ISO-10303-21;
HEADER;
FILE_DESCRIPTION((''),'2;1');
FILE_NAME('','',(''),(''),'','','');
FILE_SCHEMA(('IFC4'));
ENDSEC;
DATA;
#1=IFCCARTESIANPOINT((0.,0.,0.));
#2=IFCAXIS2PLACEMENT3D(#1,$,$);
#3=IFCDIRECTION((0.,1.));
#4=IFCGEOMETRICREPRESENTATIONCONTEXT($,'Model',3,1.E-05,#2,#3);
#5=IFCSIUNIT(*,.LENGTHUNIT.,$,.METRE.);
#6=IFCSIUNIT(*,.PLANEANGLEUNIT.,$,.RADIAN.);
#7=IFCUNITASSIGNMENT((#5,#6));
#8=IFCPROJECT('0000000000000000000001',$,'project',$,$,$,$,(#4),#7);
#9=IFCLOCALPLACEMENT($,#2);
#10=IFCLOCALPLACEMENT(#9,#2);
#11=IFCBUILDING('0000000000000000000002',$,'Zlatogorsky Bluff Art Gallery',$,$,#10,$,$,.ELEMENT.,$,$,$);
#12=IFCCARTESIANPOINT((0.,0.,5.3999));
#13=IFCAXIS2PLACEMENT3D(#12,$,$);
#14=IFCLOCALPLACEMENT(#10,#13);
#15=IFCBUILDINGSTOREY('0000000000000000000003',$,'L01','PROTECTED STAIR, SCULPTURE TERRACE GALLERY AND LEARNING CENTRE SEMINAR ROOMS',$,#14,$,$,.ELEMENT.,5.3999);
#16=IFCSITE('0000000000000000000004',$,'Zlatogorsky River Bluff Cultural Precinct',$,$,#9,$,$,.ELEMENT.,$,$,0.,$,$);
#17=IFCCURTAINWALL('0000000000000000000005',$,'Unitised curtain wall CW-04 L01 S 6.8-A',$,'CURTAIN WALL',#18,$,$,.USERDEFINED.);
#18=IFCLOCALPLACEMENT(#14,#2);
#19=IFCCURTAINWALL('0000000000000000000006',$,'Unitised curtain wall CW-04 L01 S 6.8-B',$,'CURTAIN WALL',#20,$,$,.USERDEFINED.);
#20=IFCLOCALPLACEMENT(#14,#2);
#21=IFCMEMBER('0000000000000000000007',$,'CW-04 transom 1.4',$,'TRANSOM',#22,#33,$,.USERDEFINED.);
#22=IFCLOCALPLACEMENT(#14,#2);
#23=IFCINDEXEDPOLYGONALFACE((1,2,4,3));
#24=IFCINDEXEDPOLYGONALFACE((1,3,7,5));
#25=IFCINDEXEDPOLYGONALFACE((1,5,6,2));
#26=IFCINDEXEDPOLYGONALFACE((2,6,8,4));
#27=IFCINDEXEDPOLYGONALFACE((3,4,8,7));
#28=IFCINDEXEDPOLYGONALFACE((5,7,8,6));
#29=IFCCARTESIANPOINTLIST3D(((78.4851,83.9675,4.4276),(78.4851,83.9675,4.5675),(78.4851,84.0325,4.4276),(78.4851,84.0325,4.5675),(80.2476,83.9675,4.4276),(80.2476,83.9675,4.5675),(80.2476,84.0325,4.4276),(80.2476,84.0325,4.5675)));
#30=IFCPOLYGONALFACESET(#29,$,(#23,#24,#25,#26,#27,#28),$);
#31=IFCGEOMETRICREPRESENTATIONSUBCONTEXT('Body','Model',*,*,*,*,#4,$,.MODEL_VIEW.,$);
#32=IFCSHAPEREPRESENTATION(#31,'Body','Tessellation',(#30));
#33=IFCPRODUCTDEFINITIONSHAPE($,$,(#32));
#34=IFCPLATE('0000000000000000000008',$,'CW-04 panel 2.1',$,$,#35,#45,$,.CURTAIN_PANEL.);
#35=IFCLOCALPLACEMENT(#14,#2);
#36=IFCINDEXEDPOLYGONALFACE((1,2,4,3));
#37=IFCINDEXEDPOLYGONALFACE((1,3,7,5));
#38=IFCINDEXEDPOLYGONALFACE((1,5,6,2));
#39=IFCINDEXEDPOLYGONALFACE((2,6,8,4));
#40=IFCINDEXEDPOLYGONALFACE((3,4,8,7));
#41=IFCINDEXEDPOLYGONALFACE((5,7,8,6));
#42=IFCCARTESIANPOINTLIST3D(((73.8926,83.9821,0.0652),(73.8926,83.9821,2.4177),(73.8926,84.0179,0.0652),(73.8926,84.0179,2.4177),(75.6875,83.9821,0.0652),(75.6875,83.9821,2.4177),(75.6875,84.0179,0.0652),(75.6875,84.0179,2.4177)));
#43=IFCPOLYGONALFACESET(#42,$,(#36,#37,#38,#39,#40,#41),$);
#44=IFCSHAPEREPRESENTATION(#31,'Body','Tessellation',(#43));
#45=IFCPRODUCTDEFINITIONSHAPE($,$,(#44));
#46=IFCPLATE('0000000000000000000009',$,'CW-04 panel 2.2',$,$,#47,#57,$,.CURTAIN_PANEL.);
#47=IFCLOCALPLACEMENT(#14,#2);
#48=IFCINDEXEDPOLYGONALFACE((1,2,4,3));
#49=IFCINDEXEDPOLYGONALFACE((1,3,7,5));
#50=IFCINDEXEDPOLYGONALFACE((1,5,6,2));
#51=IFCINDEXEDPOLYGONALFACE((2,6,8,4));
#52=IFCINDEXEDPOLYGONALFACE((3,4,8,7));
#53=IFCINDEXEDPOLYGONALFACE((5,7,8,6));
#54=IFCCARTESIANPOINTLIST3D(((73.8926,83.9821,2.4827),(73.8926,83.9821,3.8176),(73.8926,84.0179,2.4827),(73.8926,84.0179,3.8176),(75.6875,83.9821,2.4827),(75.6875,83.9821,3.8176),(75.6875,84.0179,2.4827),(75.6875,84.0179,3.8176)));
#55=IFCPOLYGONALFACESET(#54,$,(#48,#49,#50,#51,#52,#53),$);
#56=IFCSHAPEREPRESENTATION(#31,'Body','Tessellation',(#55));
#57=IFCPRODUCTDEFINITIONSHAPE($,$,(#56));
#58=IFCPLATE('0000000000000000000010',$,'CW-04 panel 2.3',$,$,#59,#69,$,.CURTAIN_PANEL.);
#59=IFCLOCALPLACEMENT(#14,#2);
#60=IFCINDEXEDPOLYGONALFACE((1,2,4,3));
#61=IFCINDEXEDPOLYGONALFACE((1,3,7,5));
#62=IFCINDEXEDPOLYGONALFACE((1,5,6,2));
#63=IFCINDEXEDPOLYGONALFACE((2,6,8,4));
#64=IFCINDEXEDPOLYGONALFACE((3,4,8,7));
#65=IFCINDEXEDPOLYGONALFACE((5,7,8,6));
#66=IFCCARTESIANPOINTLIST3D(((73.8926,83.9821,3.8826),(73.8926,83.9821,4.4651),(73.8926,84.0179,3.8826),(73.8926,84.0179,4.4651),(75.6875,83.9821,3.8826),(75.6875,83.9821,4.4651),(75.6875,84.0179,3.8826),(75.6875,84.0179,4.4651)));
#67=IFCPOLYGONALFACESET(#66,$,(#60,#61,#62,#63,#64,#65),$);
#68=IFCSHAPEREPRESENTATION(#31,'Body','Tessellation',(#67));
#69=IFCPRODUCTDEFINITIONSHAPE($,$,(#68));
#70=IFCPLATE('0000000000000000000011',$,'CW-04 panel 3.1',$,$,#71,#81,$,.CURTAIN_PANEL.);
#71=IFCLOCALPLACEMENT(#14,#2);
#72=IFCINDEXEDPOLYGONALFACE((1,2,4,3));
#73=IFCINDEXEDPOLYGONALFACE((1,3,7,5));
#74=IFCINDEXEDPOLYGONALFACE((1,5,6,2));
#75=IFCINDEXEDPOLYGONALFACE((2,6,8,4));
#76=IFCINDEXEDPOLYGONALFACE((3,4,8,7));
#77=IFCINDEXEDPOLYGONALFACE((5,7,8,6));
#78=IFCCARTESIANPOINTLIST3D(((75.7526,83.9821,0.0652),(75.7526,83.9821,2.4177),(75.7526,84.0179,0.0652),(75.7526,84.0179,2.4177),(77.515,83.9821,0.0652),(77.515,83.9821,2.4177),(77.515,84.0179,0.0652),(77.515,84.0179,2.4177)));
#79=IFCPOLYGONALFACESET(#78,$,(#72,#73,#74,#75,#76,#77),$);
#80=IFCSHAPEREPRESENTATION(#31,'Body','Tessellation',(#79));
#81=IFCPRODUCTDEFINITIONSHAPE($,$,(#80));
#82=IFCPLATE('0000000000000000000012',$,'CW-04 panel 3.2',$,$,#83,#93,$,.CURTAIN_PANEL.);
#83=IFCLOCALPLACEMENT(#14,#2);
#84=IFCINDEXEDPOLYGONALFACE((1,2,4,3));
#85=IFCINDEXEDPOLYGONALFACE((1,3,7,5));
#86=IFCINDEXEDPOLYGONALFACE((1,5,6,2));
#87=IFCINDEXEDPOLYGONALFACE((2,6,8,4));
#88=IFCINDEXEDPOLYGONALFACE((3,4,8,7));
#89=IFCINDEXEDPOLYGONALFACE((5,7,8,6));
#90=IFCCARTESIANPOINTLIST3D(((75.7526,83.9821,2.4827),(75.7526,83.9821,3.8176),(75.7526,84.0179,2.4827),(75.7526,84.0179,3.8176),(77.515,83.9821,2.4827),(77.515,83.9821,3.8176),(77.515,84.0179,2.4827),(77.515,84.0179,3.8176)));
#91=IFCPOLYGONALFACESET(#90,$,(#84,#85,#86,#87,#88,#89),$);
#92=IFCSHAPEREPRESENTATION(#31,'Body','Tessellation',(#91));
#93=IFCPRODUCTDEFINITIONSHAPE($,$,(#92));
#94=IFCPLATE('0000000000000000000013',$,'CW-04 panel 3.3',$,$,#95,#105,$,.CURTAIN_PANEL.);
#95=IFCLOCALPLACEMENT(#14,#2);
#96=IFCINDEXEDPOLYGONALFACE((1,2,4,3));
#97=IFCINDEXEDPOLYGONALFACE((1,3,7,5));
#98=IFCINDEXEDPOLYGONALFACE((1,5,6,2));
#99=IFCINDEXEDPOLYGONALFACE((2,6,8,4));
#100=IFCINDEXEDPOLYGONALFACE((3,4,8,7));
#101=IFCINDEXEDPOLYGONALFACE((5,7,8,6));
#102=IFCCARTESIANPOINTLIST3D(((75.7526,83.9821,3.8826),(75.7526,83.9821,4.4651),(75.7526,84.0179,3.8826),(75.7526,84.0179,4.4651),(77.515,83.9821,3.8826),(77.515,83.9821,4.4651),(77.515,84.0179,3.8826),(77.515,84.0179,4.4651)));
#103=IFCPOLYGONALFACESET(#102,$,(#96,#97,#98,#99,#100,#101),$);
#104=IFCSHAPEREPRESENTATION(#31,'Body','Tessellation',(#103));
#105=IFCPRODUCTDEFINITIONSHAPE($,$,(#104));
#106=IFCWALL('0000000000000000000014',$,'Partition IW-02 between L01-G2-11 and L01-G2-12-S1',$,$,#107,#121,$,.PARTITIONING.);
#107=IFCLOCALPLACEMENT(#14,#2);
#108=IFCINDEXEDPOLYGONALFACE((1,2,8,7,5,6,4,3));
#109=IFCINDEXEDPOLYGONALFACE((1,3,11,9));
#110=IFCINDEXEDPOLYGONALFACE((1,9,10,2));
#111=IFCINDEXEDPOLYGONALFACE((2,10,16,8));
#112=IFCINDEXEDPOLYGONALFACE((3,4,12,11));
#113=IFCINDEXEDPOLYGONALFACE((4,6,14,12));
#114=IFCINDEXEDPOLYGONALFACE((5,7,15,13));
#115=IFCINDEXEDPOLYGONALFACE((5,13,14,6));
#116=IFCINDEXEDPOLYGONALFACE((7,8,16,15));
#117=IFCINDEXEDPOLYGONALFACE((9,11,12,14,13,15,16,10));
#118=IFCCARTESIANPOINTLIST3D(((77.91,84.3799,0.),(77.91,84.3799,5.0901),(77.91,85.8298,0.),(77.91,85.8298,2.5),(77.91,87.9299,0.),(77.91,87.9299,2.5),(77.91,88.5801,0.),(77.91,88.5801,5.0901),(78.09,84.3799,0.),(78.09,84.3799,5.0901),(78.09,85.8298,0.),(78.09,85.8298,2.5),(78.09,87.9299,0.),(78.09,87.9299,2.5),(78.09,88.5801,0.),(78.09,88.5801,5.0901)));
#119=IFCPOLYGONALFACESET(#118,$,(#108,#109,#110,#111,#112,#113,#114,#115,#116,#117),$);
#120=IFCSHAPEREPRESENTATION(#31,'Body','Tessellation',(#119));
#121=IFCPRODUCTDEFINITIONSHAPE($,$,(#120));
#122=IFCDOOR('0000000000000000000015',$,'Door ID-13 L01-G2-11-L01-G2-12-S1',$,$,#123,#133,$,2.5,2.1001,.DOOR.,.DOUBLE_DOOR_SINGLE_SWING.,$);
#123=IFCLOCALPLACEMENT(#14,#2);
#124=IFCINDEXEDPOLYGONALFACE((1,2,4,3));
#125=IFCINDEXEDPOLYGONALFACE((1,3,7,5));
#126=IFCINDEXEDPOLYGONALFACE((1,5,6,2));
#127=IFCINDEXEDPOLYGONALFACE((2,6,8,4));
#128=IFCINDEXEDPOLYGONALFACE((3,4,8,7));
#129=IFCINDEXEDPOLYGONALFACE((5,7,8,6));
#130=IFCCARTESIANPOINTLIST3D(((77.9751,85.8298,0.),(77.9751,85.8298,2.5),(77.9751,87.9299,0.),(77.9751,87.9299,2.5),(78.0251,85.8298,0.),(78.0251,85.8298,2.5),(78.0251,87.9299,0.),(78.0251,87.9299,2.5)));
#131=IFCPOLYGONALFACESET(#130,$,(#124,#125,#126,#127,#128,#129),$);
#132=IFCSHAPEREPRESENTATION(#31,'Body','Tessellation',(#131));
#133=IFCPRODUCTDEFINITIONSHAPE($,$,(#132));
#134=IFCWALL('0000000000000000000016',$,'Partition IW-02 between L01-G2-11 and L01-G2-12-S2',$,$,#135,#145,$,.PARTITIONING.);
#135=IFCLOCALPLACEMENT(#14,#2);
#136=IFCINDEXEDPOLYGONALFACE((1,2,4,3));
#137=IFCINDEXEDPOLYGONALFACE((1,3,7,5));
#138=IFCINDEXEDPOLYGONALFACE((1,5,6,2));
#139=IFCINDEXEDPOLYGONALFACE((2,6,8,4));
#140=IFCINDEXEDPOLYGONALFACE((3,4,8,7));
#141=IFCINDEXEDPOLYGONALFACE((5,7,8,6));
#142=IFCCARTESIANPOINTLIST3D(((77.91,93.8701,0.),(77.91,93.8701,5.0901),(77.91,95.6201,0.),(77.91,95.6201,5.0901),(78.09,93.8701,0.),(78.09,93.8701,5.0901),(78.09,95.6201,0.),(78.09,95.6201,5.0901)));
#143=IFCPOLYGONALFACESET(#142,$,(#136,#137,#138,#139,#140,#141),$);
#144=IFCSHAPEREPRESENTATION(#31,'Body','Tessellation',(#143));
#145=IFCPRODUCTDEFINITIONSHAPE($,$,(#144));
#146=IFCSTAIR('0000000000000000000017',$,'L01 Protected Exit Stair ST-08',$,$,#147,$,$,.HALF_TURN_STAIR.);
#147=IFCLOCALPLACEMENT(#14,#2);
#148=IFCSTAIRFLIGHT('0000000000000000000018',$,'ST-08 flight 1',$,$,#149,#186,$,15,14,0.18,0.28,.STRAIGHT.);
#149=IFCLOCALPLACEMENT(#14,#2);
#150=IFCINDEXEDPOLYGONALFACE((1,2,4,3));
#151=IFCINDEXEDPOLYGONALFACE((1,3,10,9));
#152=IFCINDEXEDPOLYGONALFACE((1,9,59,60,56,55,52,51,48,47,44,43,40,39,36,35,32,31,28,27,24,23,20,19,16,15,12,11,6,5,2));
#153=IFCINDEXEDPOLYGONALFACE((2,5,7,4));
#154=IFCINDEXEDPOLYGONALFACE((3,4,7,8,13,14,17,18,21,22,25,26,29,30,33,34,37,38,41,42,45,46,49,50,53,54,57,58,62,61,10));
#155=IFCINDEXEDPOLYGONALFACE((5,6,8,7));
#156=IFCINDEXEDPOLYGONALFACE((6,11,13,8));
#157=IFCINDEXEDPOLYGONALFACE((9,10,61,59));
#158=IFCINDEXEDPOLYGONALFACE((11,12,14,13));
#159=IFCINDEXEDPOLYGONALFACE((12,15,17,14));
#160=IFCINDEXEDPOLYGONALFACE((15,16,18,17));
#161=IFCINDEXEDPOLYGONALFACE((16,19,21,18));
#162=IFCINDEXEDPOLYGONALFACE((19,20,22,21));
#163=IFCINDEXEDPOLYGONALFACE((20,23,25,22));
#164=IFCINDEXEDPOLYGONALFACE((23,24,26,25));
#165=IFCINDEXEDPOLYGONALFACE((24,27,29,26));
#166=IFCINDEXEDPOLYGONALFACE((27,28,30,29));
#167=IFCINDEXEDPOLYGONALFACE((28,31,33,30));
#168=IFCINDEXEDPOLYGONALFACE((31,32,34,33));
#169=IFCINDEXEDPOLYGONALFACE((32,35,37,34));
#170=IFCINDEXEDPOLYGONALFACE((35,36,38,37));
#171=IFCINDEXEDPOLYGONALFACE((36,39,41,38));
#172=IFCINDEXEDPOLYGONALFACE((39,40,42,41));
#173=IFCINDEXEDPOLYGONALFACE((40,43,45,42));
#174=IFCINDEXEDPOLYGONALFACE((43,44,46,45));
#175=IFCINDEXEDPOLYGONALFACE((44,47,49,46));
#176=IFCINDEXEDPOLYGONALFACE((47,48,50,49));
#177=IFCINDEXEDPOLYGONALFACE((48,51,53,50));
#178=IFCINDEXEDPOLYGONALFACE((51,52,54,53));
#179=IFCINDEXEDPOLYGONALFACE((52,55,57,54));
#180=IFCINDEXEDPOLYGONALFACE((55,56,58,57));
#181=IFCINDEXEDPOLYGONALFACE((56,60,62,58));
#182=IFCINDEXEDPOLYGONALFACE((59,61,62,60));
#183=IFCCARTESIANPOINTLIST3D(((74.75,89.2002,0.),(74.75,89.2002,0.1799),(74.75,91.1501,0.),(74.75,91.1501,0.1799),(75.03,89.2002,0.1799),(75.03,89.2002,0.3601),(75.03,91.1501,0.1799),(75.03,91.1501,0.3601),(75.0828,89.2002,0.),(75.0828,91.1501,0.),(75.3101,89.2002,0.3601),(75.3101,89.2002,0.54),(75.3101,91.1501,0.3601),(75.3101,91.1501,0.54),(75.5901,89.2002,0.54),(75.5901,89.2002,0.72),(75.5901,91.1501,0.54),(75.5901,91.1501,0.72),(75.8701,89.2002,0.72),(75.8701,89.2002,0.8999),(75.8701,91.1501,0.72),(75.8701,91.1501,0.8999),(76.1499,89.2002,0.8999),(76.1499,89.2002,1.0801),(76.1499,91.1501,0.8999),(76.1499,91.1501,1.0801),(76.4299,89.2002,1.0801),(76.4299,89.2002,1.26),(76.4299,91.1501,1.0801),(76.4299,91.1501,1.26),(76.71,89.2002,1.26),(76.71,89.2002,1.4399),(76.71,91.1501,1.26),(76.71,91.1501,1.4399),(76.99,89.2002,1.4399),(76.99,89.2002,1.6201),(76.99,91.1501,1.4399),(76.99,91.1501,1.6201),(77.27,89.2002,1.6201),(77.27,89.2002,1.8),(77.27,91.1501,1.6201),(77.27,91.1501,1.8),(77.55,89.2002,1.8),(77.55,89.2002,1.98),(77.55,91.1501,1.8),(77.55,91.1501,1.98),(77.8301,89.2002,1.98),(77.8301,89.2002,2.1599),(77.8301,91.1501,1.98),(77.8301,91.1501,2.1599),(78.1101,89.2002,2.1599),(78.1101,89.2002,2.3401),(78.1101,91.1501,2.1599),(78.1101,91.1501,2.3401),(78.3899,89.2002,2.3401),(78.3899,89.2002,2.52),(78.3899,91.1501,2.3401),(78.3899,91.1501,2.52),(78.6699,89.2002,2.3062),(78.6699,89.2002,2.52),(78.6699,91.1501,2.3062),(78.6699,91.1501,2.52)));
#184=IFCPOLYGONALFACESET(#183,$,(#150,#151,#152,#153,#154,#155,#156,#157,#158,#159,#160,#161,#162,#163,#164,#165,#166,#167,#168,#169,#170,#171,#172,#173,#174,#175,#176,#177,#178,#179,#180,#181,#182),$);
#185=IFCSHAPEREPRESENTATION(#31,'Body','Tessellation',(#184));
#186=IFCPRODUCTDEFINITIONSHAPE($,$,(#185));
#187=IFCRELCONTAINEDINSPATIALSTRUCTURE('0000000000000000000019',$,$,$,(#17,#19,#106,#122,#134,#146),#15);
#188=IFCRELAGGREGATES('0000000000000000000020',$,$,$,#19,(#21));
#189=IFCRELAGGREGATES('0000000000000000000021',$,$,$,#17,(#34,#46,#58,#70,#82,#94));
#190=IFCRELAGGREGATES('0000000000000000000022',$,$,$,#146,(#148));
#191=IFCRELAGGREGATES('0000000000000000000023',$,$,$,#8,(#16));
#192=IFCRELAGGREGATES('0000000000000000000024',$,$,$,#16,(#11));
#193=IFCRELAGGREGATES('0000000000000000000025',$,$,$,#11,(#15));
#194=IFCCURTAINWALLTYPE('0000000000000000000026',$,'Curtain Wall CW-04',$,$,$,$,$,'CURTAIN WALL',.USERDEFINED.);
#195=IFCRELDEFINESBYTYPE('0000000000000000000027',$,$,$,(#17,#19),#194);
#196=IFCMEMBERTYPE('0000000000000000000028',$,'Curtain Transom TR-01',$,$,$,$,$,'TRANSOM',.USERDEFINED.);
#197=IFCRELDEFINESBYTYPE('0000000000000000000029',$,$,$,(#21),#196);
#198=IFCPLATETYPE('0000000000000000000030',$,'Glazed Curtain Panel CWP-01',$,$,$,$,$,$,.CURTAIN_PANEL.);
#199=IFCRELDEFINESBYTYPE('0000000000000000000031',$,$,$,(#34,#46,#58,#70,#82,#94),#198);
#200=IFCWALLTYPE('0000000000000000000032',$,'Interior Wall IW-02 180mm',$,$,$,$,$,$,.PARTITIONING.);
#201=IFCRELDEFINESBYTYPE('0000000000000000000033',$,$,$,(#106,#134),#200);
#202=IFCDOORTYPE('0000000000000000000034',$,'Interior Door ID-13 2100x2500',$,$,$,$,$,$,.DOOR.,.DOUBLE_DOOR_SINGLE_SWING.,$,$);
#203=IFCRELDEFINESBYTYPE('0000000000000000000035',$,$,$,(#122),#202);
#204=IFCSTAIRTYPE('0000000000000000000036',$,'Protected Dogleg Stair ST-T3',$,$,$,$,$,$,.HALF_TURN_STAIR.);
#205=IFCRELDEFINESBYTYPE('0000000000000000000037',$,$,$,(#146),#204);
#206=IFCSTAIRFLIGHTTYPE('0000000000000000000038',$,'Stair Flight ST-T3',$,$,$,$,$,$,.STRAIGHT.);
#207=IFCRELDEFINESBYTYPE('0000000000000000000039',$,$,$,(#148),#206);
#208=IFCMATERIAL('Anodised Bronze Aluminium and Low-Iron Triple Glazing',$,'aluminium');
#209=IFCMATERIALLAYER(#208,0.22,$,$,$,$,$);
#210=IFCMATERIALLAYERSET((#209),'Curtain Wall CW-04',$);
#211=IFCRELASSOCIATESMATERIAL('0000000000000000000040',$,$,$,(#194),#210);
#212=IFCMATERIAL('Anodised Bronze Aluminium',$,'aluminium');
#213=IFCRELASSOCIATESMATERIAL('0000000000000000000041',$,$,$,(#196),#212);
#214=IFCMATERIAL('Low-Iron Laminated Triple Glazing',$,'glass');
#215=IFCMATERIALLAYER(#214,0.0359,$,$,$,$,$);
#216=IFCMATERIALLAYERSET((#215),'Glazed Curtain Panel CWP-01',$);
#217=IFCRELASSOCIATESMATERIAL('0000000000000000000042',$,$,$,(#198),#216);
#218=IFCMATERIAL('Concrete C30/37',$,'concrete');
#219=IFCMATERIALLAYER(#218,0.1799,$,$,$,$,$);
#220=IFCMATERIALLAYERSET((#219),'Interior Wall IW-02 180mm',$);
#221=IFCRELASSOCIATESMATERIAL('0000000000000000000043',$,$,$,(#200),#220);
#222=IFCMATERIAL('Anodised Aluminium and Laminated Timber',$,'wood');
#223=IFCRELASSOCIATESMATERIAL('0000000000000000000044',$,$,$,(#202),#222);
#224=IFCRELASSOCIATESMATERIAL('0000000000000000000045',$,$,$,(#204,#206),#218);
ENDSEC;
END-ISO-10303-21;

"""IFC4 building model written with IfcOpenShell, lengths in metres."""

from ifc_helpers import new_model, si_unit, direction, frame, frame_2d, origin, origin_2d, place, context, subcontext, project, spatial, polyline, rectangle, outline, extrude, material, layer, layer_set, material_profile, profile_set, type_object, element, fill, aggregate, save


model = new_model("IFC4")

# Units and contexts
model_context = context("Model", 3, precision=1e-05, world=origin(), true_north=direction((0.0, 1.0)))
body_context = subcontext(model_context, "Body", "Model", "MODEL_VIEW")
ifc_project = project(units=[si_unit("LENGTHUNIT", "METRE"), si_unit("PLANEANGLEUNIT", "RADIAN")], contexts=[model_context])

# Site, building, storey
site_placement = place(None, origin())
site = spatial("IfcSite", under=ifc_project, at=site_placement, Name="Zlatogorsky River Bluff Cultural Precinct", CompositionType="ELEMENT", RefElevation=0.0)
building_placement = place(site_placement, origin())
building = spatial("IfcBuilding", under=site, at=building_placement, Name="Zlatogorsky Bluff Art Gallery", CompositionType="ELEMENT")
storey_placement = place(building_placement, frame((0.0, 0.0, 5.3999)))
storey = spatial("IfcBuildingStorey", under=building, at=storey_placement, Name="L01", Description="PROTECTED STAIR, SCULPTURE TERRACE GALLERY AND LEARNING CENTRE SEMINAR ROOMS", CompositionType="ELEMENT", Elevation=5.3999)

# Curtain wall
ifc_material_1 = material(Name="Anodised Bronze Aluminium and Low-Iron Triple Glazing", Category="aluminium")
ifc_layer_1 = layer(ifc_material_1, 0.22)
ifc_layer_set_1 = layer_set([ifc_layer_1], Name="Curtain Wall CW-04")
curtain_wall_type = type_object("IfcCurtainWallType", Name="Curtain Wall CW-04", ElementType="CURTAIN WALL", PredefinedType="USERDEFINED", material=ifc_layer_set_1)
curtain_wall_1_placement = place(storey_placement, origin())
curtain_wall_1 = element("IfcCurtainWall", 1, at=curtain_wall_1_placement, inside=storey, type_object=curtain_wall_type, Name="Unitised curtain wall CW-04 L01 S 6.8-A", ObjectType="CURTAIN WALL", PredefinedType="USERDEFINED")
ifc_material_2 = material(Name="Anodised Bronze Aluminium", Category="aluminium")

# Curtain wall
curtain_wall_2_placement = place(storey_placement, origin())
curtain_wall_2 = element("IfcCurtainWall", 2, at=curtain_wall_2_placement, inside=storey, type_object=curtain_wall_type, Name="Unitised curtain wall CW-04 L01 S 6.8-B", ObjectType="CURTAIN WALL", PredefinedType="USERDEFINED")

# Member
ifc_material_profile_1 = material_profile(ifc_material_2, rectangle(XDim=0.0649, YDim=0.1399, at=origin_2d()), Name="ALU TRANSOM 65x140")
ifc_profile_set_1 = profile_set([ifc_material_profile_1], Name="Anodised Bronze Aluminium")
member_type_1 = type_object("IfcMemberType", Name="Curtain Transom TR-01", ElementType="TRANSOM", PredefinedType="USERDEFINED", material=ifc_profile_set_1)
member_1_placement = place(storey_placement, frame((78.4851, 84.0, 4.4976), z_axis=(1.0, 0.0, 0.0), x_axis=(0.0, 1.0, 0.0)))
member_1 = element("IfcMember", 3, at=member_1_placement, type_object=member_type_1, Name="CW-04 transom 1.4", ObjectType="TRANSOM", PredefinedType="USERDEFINED", context=body_context, shape_type="SweptSolid", body=[
    extrude(rectangle(XDim=0.0649, YDim=0.1399, at=origin_2d()), origin(), (0.0, 0.0, 1.0), 1.7625),
])
aggregate(curtain_wall_2, [member_1])

# Plates
ifc_material_3 = material(Name="Low-Iron Laminated Triple Glazing", Category="glass")
ifc_layer_2 = layer(ifc_material_3, 0.0359)
ifc_layer_set_2 = layer_set([ifc_layer_2], Name="Glazed Curtain Panel CWP-01")
plate_type = type_object("IfcPlateType", Name="Glazed Curtain Panel CWP-01", PredefinedType="CURTAIN_PANEL", material=ifc_layer_set_2)
plate_1_placement = place(storey_placement, frame((74.79, 84.0, 0.0652), z_axis=(0.0, 0.0, 1.0), x_axis=(1.0, 0.0, 0.0)))
plate_1 = element("IfcPlate", 4, at=plate_1_placement, type_object=plate_type, Name="CW-04 panel 2.1", PredefinedType="CURTAIN_PANEL", context=body_context, shape_type="SweptSolid", body=[
    extrude(rectangle(XDim=1.7949, YDim=0.0359, at=origin_2d()), origin(), (0.0, 0.0, 1.0), 2.3525),
])
plate_2_placement = place(storey_placement, frame((74.79, 84.0, 2.4827), z_axis=(0.0, 0.0, 1.0), x_axis=(1.0, 0.0, 0.0)))
plate_2 = element("IfcPlate", 5, at=plate_2_placement, type_object=plate_type, Name="CW-04 panel 2.2", PredefinedType="CURTAIN_PANEL", context=body_context, shape_type="SweptSolid", body=[
    extrude(rectangle(XDim=1.7949, YDim=0.0359, at=origin_2d()), origin(), (0.0, 0.0, 1.0), 1.335),
])
plate_3_placement = place(storey_placement, frame((74.79, 84.0, 3.8826), z_axis=(0.0, 0.0, 1.0), x_axis=(1.0, 0.0, 0.0)))
plate_3 = element("IfcPlate", 6, at=plate_3_placement, type_object=plate_type, Name="CW-04 panel 2.3", PredefinedType="CURTAIN_PANEL", context=body_context, shape_type="SweptSolid", body=[
    extrude(rectangle(XDim=1.7949, YDim=0.0359, at=origin_2d()), origin(), (0.0, 0.0, 1.0), 0.5825),
])
plate_4_placement = place(storey_placement, frame((76.6338, 84.0, 0.0652), z_axis=(0.0, 0.0, 1.0), x_axis=(1.0, 0.0, 0.0)))
plate_4 = element("IfcPlate", 7, at=plate_4_placement, type_object=plate_type, Name="CW-04 panel 3.1", PredefinedType="CURTAIN_PANEL", context=body_context, shape_type="SweptSolid", body=[
    extrude(rectangle(XDim=1.7625, YDim=0.0359, at=origin_2d()), origin(), (0.0, 0.0, 1.0), 2.3525),
])
plate_5_placement = place(storey_placement, frame((76.6338, 84.0, 2.4827), z_axis=(0.0, 0.0, 1.0), x_axis=(1.0, 0.0, 0.0)))
plate_5 = element("IfcPlate", 8, at=plate_5_placement, type_object=plate_type, Name="CW-04 panel 3.2", PredefinedType="CURTAIN_PANEL", context=body_context, shape_type="SweptSolid", body=[
    extrude(rectangle(XDim=1.7625, YDim=0.0359, at=origin_2d()), origin(), (0.0, 0.0, 1.0), 1.335),
])
plate_6_placement = place(storey_placement, frame((76.6338, 84.0, 3.8826), z_axis=(0.0, 0.0, 1.0), x_axis=(1.0, 0.0, 0.0)))
plate_6 = element("IfcPlate", 9, at=plate_6_placement, type_object=plate_type, Name="CW-04 panel 3.3", PredefinedType="CURTAIN_PANEL", context=body_context, shape_type="SweptSolid", body=[
    extrude(rectangle(XDim=1.7625, YDim=0.0359, at=origin_2d()), origin(), (0.0, 0.0, 1.0), 0.5825),
])
aggregate(curtain_wall_1, [plate_1, plate_2, plate_3, plate_4, plate_5, plate_6])

# Wall, opening, door
ifc_material_4 = material(Name="Concrete C30/37", Category="concrete")
ifc_layer_3 = layer(ifc_material_4, 0.1799)
ifc_layer_set_3 = layer_set([ifc_layer_3], Name="Interior Wall IW-02 180mm")
wall_type = type_object("IfcWallType", Name="Interior Wall IW-02 180mm", PredefinedType="PARTITIONING", material=ifc_layer_set_3)
wall_1_placement = place(storey_placement, frame((78.0, 84.3799, 0.0), z_axis=(0.0, 0.0, 1.0), x_axis=(0.0, 1.0, 0.0)))
wall_1 = element("IfcWall", 10, at=wall_1_placement, inside=storey, type_object=wall_type, Name="Partition IW-02 between L01-G2-11 and L01-G2-12-S1", PredefinedType="PARTITIONING", context=body_context, shape_type="SweptSolid", body=[
    extrude(rectangle(XDim=4.2002, YDim=0.1799, at=frame_2d((2.1001, 0.0))), origin(), (0.0, 0.0, 1.0), 5.0901),
])
opening_placement = place(wall_1_placement, frame((1.45, 0.0, 0.0)))
opening = element("IfcOpeningElement", 11, at=opening_placement, cuts=wall_1, PredefinedType="OPENING", context=body_context, shape_type="SweptSolid", body=[
    extrude(rectangle(XDim=2.1001, YDim=2.5, at=frame_2d((1.05, 1.25))), frame((0.0, 0.0999, 0.0), z_axis=(0.0, -1.0, 0.0), x_axis=(1.0, 0.0, 0.0)), (0.0, 0.0, 1.0), 0.2),
])
ifc_material_5 = material(Name="Anodised Aluminium and Laminated Timber", Category="wood")
door_type = type_object("IfcDoorType", Name="Interior Door ID-13 2100x2500", OperationType="DOUBLE_DOOR_SINGLE_SWING", PredefinedType="DOOR", material=ifc_material_5)
door_placement = place(opening_placement, origin())
door = element("IfcDoor", 12, at=door_placement, inside=storey, type_object=door_type, Name="Door ID-13 L01-G2-11-L01-G2-12-S1", OperationType="DOUBLE_DOOR_SINGLE_SWING", OverallHeight=2.5, OverallWidth=2.1001, PredefinedType="DOOR", context=body_context, shape_type="SweptSolid", body=[
    extrude(rectangle(XDim=2.1001, YDim=2.5, at=frame_2d((1.05, 1.25))), frame((0.0, 0.0249, 0.0), z_axis=(0.0, -1.0, 0.0), x_axis=(1.0, 0.0, 0.0)), (0.0, 0.0, 1.0), 0.05),
])
fill(opening, door)

# Wall
wall_2_placement = place(storey_placement, frame((78.0, 93.8701, 0.0), z_axis=(0.0, 0.0, 1.0), x_axis=(0.0, 1.0, 0.0)))
element("IfcWall", 13, at=wall_2_placement, inside=storey, type_object=wall_type, Name="Partition IW-02 between L01-G2-11 and L01-G2-12-S2", PredefinedType="PARTITIONING", context=body_context, shape_type="SweptSolid", body=[
    extrude(rectangle(XDim=1.75, YDim=0.1799, at=frame_2d((0.875, 0.0))), origin(), (0.0, 0.0, 1.0), 5.0901),
])

# Stair, stair flight
stair_type = type_object("IfcStairType", Name="Protected Dogleg Stair ST-T3", PredefinedType="HALF_TURN_STAIR", material=ifc_material_4)
stair_placement = place(storey_placement, origin())
stair = element("IfcStair", 14, at=stair_placement, inside=storey, type_object=stair_type, Name="L01 Protected Exit Stair ST-08", PredefinedType="HALF_TURN_STAIR")
stair_flight_type = type_object("IfcStairFlightType", Name="Stair Flight ST-T3", PredefinedType="STRAIGHT", material=ifc_material_4)
stair_flight_1_placement = place(storey_placement, frame((74.75, 90.175, 0.0), z_axis=(0.0, 0.0, 1.0), x_axis=(1.0, 0.0, 0.0)))
stair_flight_1 = element("IfcStairFlight", 15, at=stair_flight_1_placement, type_object=stair_flight_type, Name="ST-08 flight 1", NumberOfRisers=15, NumberOfTreads=14, PredefinedType="STRAIGHT", RiserHeight=0.18, TreadLength=0.28, context=body_context, shape_type="SweptSolid", body=[
    extrude(outline(polyline([(0.0, 0.0), (0.0, 0.1799), (0.28, 0.1799), (0.28, 0.3601), (0.5601, 0.3601), (0.5601, 0.54), (0.8401, 0.54), (0.8401, 0.72), (1.1201, 0.72), (1.1201, 0.8999), (1.3999, 0.8999), (1.3999, 1.0801), (1.6799, 1.0801), (1.6799, 1.26), (1.96, 1.26), (1.96, 1.4399), (2.24, 1.4399), (2.24, 1.6201), (2.52, 1.6201), (2.52, 1.8), (2.8, 1.8), (2.8, 1.98), (3.0801, 1.98), (3.0801, 2.1599), (3.3601, 2.1599), (3.3601, 2.3401), (3.6399, 2.3401), (3.6399, 2.52), (3.9199, 2.52), (3.9199, 2.7), (3.9199, 2.3062), (0.3328, 0.0), (0.0, 0.0)])), frame((0.0, 0.9751, 0.0), z_axis=(0.0, -1.0, 0.0), x_axis=(1.0, 0.0, 0.0)), (0.0, 0.0, 1.0), 1.95),
])
aggregate(stair, [stair_flight_1])

save(model, "model.ifc")
